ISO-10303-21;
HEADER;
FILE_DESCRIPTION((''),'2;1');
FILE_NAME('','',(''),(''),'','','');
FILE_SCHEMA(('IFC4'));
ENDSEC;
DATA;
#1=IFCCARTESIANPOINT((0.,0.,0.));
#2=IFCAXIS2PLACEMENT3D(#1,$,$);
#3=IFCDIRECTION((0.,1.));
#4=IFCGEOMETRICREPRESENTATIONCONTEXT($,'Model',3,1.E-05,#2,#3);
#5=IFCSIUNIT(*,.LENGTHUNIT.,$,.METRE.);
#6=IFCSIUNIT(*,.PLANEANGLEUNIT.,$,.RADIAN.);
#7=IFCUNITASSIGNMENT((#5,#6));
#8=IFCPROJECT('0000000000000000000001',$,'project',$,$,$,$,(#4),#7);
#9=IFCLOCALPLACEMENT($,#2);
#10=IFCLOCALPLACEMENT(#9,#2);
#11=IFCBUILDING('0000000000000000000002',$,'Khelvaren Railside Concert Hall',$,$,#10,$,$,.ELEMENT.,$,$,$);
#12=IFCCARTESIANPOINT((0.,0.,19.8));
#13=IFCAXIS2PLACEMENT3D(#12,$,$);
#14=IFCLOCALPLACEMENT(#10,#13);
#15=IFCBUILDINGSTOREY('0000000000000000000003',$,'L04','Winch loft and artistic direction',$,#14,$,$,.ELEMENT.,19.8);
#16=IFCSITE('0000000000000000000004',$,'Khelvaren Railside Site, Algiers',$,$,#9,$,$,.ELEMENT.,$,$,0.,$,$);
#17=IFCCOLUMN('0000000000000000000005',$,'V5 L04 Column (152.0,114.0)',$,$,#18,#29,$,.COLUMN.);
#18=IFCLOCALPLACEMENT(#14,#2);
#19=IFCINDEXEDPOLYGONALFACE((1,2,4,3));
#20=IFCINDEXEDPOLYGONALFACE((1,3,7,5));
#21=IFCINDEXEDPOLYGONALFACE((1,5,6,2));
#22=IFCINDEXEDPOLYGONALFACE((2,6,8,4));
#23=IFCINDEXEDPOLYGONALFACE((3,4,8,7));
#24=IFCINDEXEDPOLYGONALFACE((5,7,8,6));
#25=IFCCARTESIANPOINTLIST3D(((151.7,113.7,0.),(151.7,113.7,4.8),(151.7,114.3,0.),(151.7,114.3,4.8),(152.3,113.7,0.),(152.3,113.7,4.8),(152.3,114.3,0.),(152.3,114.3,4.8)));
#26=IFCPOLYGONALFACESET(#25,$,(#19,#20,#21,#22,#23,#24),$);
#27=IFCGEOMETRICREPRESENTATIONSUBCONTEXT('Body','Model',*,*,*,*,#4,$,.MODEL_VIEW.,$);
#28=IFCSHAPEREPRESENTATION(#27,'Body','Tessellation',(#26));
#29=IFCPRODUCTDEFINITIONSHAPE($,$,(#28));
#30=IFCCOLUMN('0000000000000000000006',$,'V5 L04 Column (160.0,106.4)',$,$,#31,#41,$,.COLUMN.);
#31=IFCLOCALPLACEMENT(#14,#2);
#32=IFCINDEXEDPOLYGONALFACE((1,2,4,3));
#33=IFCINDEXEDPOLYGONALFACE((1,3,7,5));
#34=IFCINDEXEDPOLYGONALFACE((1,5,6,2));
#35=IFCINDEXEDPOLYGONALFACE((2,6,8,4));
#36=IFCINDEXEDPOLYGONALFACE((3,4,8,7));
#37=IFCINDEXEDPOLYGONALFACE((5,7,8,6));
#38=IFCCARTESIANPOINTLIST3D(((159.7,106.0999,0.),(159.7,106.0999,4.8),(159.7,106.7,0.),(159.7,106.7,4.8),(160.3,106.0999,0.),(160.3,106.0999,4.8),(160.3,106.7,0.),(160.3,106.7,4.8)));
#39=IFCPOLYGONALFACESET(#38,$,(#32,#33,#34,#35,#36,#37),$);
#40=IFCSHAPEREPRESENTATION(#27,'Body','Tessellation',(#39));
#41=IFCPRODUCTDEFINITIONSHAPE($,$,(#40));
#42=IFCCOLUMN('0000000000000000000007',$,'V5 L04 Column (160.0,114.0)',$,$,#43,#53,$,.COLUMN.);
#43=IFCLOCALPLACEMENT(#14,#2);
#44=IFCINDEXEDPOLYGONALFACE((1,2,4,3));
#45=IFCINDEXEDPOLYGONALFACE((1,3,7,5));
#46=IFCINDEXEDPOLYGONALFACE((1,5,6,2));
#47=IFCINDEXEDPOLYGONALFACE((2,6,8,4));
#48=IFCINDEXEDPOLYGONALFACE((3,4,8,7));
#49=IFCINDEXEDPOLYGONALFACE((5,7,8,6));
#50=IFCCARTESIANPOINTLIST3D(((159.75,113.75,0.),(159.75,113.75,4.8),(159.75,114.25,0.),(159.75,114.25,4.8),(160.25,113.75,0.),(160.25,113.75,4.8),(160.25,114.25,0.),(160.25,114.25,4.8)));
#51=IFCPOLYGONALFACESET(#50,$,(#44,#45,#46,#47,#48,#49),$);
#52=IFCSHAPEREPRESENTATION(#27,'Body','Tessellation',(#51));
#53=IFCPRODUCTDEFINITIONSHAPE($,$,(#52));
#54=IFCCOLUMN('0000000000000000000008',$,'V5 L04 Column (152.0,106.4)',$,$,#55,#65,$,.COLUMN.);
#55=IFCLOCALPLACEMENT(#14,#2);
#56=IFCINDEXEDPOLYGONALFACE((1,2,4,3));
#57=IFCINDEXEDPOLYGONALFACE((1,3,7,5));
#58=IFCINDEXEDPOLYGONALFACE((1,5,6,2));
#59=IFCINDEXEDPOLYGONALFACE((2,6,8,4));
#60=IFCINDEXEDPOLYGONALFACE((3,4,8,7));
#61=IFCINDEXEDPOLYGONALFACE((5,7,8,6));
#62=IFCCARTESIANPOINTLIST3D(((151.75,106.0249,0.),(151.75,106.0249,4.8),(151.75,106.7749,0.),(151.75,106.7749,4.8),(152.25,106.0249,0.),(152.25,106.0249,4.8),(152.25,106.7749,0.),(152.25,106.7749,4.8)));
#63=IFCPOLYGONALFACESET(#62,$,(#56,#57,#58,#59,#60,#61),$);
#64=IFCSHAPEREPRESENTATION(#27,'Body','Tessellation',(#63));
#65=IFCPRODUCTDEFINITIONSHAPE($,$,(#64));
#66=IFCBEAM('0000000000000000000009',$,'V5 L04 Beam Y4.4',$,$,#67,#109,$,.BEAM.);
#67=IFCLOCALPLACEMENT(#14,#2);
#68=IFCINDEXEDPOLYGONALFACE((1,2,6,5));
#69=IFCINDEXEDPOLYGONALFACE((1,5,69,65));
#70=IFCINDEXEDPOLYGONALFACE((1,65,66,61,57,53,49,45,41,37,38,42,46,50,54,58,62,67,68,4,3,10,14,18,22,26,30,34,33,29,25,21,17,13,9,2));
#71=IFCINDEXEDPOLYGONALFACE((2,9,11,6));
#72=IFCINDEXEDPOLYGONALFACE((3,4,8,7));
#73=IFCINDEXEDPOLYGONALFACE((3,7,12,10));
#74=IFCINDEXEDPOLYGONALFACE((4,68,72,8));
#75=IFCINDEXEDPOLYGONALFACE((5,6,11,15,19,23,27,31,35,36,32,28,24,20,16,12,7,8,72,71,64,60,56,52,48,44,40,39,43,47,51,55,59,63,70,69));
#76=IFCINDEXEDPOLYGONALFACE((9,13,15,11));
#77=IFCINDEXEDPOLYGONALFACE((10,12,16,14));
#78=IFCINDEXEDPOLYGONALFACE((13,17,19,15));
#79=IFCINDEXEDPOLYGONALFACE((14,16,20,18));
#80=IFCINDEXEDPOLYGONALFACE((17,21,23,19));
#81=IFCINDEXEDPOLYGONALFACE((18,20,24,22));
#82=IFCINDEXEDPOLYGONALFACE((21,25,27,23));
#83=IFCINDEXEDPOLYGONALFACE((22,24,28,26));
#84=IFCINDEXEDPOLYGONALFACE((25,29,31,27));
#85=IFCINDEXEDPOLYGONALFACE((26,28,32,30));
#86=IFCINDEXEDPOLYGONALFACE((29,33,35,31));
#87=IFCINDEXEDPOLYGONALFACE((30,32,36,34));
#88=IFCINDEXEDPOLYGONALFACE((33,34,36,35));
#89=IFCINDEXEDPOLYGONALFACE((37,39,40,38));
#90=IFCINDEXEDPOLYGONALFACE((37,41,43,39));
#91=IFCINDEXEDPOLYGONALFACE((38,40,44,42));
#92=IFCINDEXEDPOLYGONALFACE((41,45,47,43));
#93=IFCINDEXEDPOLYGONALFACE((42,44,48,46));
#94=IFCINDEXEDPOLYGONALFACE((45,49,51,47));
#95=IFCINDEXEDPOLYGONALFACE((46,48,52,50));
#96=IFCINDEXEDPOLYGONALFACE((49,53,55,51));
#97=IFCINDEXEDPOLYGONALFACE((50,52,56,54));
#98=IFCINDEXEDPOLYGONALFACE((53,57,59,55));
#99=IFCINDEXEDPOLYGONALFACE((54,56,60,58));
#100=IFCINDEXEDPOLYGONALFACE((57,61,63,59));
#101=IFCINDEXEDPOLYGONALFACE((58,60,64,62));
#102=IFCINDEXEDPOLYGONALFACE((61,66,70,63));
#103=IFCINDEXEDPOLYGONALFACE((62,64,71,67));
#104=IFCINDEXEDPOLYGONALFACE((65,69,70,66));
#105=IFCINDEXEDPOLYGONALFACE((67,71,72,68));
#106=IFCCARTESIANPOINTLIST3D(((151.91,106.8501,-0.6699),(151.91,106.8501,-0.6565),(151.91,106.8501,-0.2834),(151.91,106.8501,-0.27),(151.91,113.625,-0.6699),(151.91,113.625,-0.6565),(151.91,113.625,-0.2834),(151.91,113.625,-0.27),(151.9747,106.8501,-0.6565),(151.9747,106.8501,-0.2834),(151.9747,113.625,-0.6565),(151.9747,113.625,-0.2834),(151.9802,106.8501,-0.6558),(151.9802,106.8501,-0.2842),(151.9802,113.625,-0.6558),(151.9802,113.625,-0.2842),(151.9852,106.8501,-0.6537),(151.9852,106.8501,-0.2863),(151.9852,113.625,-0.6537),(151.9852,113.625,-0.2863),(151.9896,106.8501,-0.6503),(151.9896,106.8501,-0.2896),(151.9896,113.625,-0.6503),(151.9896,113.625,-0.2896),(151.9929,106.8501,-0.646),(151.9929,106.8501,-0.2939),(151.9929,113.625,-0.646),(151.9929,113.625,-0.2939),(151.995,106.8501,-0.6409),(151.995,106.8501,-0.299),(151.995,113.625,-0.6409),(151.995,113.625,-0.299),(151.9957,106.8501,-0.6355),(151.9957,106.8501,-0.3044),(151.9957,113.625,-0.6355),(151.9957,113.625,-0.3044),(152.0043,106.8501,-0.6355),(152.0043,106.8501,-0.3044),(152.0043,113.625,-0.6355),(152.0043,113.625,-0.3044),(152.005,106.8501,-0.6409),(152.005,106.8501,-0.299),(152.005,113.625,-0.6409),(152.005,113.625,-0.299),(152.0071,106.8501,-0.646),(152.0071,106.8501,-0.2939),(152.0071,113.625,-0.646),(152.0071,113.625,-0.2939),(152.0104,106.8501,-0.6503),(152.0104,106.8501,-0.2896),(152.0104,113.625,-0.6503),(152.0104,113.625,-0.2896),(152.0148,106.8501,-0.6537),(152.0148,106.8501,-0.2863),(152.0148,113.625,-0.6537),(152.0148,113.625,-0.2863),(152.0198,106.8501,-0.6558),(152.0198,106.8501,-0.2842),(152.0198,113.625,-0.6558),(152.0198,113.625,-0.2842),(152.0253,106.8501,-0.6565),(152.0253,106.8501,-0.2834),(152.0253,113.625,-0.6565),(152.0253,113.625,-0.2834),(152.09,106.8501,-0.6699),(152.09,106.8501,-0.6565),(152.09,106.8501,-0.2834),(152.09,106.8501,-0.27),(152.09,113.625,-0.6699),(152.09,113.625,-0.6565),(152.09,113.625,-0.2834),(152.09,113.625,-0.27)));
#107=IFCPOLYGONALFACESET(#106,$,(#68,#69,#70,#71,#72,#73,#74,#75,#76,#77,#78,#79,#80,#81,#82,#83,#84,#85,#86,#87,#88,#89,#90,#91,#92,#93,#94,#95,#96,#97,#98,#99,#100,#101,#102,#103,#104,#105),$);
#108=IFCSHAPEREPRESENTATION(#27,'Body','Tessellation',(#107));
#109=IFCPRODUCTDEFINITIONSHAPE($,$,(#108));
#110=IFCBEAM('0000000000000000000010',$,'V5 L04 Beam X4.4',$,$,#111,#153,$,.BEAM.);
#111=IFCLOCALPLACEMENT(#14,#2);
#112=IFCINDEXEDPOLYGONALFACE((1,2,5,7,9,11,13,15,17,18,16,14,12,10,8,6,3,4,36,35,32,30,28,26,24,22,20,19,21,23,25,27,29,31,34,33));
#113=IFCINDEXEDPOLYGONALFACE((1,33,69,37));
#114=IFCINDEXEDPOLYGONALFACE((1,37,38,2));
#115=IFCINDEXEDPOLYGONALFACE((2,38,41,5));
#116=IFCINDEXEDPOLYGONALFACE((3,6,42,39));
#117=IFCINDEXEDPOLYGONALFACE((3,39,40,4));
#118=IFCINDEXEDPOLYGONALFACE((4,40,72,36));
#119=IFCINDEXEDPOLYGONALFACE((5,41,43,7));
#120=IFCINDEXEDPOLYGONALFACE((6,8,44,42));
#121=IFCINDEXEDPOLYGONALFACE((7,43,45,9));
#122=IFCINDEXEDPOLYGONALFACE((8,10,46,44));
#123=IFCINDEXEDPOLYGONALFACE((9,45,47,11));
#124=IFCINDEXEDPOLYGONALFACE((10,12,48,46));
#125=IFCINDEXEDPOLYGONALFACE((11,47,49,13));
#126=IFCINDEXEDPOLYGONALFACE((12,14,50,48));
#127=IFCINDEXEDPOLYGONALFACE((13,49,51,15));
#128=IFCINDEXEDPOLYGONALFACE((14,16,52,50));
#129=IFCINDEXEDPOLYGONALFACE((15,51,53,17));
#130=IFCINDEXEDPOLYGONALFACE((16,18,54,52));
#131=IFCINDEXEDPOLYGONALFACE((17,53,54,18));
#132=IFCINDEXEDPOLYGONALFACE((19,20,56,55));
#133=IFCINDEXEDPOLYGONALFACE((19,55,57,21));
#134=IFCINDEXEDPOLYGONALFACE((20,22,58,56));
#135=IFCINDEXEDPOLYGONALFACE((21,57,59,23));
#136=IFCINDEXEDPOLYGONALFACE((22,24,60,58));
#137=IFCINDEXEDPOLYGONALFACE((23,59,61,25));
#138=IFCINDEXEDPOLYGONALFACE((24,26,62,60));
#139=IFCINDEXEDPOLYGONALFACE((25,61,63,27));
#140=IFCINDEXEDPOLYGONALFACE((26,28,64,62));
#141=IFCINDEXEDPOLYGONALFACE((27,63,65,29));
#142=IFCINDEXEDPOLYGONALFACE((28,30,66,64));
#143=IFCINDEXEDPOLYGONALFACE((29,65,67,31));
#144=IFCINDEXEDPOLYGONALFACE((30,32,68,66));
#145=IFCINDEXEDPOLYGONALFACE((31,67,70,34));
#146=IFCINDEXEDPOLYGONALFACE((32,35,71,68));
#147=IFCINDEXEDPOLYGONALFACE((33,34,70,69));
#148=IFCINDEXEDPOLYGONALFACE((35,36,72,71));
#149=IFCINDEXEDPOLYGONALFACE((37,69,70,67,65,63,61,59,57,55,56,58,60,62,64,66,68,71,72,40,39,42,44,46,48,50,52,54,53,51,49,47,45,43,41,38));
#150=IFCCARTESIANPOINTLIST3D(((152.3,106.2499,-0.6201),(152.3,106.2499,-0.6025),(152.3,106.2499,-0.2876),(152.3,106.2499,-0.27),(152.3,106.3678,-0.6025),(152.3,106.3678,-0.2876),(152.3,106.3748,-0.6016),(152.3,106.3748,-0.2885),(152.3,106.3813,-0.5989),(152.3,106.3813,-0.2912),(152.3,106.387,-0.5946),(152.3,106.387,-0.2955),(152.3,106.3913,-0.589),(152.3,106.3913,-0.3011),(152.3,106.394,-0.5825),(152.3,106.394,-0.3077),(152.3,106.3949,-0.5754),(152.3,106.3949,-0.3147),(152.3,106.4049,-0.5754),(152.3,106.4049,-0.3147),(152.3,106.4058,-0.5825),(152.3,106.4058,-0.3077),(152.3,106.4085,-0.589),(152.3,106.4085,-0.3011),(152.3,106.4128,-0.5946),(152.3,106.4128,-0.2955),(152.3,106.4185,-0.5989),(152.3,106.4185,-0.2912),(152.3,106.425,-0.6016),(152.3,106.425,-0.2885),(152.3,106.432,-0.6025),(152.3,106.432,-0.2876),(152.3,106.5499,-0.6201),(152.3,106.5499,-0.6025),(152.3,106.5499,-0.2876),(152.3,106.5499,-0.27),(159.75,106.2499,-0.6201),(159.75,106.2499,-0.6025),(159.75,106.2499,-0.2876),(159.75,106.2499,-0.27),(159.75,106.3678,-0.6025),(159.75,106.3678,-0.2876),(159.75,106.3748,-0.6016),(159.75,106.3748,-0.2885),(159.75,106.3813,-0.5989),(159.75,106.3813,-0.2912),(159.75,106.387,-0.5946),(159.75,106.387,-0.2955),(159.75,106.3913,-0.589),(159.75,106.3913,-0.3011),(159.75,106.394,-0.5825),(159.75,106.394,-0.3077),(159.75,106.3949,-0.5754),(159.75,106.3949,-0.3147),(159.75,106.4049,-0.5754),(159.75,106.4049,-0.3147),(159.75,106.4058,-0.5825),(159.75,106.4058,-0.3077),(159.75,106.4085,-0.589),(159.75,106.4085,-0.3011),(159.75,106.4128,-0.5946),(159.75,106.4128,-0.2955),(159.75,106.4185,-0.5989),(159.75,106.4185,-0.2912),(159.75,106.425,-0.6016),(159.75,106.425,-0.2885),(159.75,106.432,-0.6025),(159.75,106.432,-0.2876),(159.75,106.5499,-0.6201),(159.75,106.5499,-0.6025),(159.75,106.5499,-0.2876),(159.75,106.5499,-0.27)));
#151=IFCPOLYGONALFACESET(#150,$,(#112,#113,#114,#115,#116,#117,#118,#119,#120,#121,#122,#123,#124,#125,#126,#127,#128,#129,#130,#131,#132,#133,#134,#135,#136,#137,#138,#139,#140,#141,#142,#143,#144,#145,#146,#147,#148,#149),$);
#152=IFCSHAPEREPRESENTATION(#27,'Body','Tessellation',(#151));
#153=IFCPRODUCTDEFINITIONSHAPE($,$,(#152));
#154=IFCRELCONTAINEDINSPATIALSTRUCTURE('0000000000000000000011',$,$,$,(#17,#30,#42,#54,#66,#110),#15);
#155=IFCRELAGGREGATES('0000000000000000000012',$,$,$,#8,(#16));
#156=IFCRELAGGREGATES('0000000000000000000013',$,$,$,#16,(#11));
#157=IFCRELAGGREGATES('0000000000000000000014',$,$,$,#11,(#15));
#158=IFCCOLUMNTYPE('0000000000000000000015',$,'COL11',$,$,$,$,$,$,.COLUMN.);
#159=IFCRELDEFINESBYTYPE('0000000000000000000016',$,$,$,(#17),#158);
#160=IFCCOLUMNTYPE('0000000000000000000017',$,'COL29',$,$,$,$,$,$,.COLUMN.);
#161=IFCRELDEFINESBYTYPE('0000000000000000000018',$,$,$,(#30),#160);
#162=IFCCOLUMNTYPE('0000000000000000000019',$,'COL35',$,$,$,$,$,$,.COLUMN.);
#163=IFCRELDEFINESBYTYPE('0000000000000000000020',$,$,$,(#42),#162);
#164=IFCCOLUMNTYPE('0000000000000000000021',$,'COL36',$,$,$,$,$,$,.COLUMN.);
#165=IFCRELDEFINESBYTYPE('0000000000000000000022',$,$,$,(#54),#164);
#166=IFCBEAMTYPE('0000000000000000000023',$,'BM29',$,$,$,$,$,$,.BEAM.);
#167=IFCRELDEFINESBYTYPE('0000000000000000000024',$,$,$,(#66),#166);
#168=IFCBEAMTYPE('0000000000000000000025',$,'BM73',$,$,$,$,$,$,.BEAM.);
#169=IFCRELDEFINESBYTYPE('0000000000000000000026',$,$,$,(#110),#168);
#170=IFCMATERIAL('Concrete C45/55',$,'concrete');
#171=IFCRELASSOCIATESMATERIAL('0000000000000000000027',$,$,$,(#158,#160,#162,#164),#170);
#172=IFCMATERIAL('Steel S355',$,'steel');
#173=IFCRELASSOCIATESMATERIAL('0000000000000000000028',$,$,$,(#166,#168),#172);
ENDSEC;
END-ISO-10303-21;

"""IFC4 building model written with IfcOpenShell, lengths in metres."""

from ifc_helpers import new_model, si_unit, direction, frame, origin, origin_2d, place, context, subcontext, project, spatial, rectangle, i_section, extrude, material, material_profile, profile_set, type_object, element, save


model = new_model("IFC4")

# Units and contexts
model_context = context("Model", 3, precision=1e-05, world=origin(), true_north=direction((0.0, 1.0)))
body_context = subcontext(model_context, "Body", "Model", "MODEL_VIEW")
ifc_project = project(units=[si_unit("LENGTHUNIT", "METRE"), si_unit("PLANEANGLEUNIT", "RADIAN")], contexts=[model_context])

# Site, building, storey
site_placement = place(None, origin())
site = spatial("IfcSite", under=ifc_project, at=site_placement, Name="Khelvaren Railside Site, Algiers", CompositionType="ELEMENT", RefElevation=0.0)
building_placement = place(site_placement, origin())
building = spatial("IfcBuilding", under=site, at=building_placement, Name="Khelvaren Railside Concert Hall", CompositionType="ELEMENT")
storey_placement = place(building_placement, frame((0.0, 0.0, 19.8)))
storey = spatial("IfcBuildingStorey", under=building, at=storey_placement, Name="L04", Description="Winch loft and artistic direction", CompositionType="ELEMENT", Elevation=19.8)

# Columns
ifc_material_1 = material(Name="Concrete C45/55", Category="concrete")
ifc_material_profile_1 = material_profile(ifc_material_1, rectangle(XDim=0.6001, YDim=0.6001, at=origin_2d()), Name="RC 600x600")
ifc_profile_set_1 = profile_set([ifc_material_profile_1], Name="Concrete C45/55")
column_type_1 = type_object("IfcColumnType", Name="COL11", PredefinedType="COLUMN", material=ifc_profile_set_1)
column_1_placement = place(storey_placement, frame((152.0, 114.0, 0.0), z_axis=(0.0, 0.0, 1.0), x_axis=(1.0, 0.0, 0.0)))
element("IfcColumn", 1, at=column_1_placement, inside=storey, type_object=column_type_1, Name="V5 L04 Column (152.0,114.0)", PredefinedType="COLUMN", context=body_context, shape_type="SweptSolid", body=[
    extrude(rectangle(XDim=0.6001, YDim=0.6001, at=origin_2d()), origin(), (0.0, 0.0, 1.0), 4.8),
])
ifc_material_profile_2 = material_profile(ifc_material_1, rectangle(XDim=0.6001, YDim=0.6001, at=origin_2d()), Name="RC 600x600")
ifc_profile_set_2 = profile_set([ifc_material_profile_2], Name="Concrete C45/55")
column_type_2 = type_object("IfcColumnType", Name="COL29", PredefinedType="COLUMN", material=ifc_profile_set_2)
column_2_placement = place(storey_placement, frame((160.0, 106.3999, 0.0), z_axis=(0.0, 0.0, 1.0), x_axis=(1.0, 0.0, 0.0)))
element("IfcColumn", 2, at=column_2_placement, inside=storey, type_object=column_type_2, Name="V5 L04 Column (160.0,106.4)", PredefinedType="COLUMN", context=body_context, shape_type="SweptSolid", body=[
    extrude(rectangle(XDim=0.6001, YDim=0.6001, at=origin_2d()), origin(), (0.0, 0.0, 1.0), 4.8),
])
ifc_material_profile_3 = material_profile(ifc_material_1, rectangle(XDim=0.5, YDim=0.5, at=origin_2d()), Name="RC 500x500")
ifc_profile_set_3 = profile_set([ifc_material_profile_3], Name="Concrete C45/55")
column_type_3 = type_object("IfcColumnType", Name="COL35", PredefinedType="COLUMN", material=ifc_profile_set_3)
column_3_placement = place(storey_placement, frame((160.0, 114.0, 0.0), z_axis=(0.0, 0.0, 1.0), x_axis=(1.0, 0.0, 0.0)))
element("IfcColumn", 3, at=column_3_placement, inside=storey, type_object=column_type_3, Name="V5 L04 Column (160.0,114.0)", PredefinedType="COLUMN", context=body_context, shape_type="SweptSolid", body=[
    extrude(rectangle(XDim=0.5, YDim=0.5, at=origin_2d()), origin(), (0.0, 0.0, 1.0), 4.8),
])
ifc_material_profile_4 = material_profile(ifc_material_1, rectangle(XDim=0.5, YDim=0.75, at=origin_2d()), Name="RC 500x750")
ifc_profile_set_4 = profile_set([ifc_material_profile_4], Name="Concrete C45/55")
column_type_4 = type_object("IfcColumnType", Name="COL36", PredefinedType="COLUMN", material=ifc_profile_set_4)
column_4_placement = place(storey_placement, frame((152.0, 106.3999, 0.0), z_axis=(0.0, 0.0, 1.0), x_axis=(1.0, 0.0, 0.0)))
element("IfcColumn", 4, at=column_4_placement, inside=storey, type_object=column_type_4, Name="V5 L04 Column (152.0,106.4)", PredefinedType="COLUMN", context=body_context, shape_type="SweptSolid", body=[
    extrude(rectangle(XDim=0.5, YDim=0.75, at=origin_2d()), origin(), (0.0, 0.0, 1.0), 4.8),
])

# Beams
ifc_material_2 = material(Name="Steel S355", Category="steel")
ifc_material_profile_5 = material_profile(ifc_material_2, i_section(OverallWidth=0.1799, OverallDepth=0.3999, WebThickness=0.0085, FlangeThickness=0.0134, FilletRadius=0.021, at=origin_2d()), Name="IPE 400")
ifc_profile_set_5 = profile_set([ifc_material_profile_5], Name="Steel S355")
beam_type_1 = type_object("IfcBeamType", Name="BM29", PredefinedType="BEAM", material=ifc_profile_set_5)
beam_1_placement = place(storey_placement, frame((152.0, 106.8501, -0.47), z_axis=(0.0, 1.0, 0.0), x_axis=(-1.0, 0.0, 0.0)))
element("IfcBeam", 5, at=beam_1_placement, inside=storey, type_object=beam_type_1, Name="V5 L04 Beam Y4.4", PredefinedType="BEAM", context=body_context, shape_type="SweptSolid", body=[
    extrude(i_section(OverallWidth=0.1799, OverallDepth=0.3999, WebThickness=0.0085, FlangeThickness=0.0134, FilletRadius=0.021, at=origin_2d()), origin(), (0.0, 0.0, 1.0), 6.7749),
])
ifc_material_profile_6 = material_profile(ifc_material_2, i_section(OverallWidth=0.3, OverallDepth=0.3501, WebThickness=0.01, FlangeThickness=0.0176, FilletRadius=0.0271, at=origin_2d()), Name="HEA 360")
ifc_profile_set_6 = profile_set([ifc_material_profile_6], Name="Steel S355")
beam_type_2 = type_object("IfcBeamType", Name="BM73", PredefinedType="BEAM", material=ifc_profile_set_6)
beam_2_placement = place(storey_placement, frame((152.3, 106.3999, -0.4451), z_axis=(1.0, 0.0, 0.0), x_axis=(0.0, 1.0, 0.0)))
element("IfcBeam", 6, at=beam_2_placement, inside=storey, type_object=beam_type_2, Name="V5 L04 Beam X4.4", PredefinedType="BEAM", context=body_context, shape_type="SweptSolid", body=[
    extrude(i_section(OverallWidth=0.3, OverallDepth=0.3501, WebThickness=0.01, FlangeThickness=0.0176, FilletRadius=0.0271, at=origin_2d()), origin(), (0.0, 0.0, 1.0), 7.45),
])

save(model, "model.ifc")
